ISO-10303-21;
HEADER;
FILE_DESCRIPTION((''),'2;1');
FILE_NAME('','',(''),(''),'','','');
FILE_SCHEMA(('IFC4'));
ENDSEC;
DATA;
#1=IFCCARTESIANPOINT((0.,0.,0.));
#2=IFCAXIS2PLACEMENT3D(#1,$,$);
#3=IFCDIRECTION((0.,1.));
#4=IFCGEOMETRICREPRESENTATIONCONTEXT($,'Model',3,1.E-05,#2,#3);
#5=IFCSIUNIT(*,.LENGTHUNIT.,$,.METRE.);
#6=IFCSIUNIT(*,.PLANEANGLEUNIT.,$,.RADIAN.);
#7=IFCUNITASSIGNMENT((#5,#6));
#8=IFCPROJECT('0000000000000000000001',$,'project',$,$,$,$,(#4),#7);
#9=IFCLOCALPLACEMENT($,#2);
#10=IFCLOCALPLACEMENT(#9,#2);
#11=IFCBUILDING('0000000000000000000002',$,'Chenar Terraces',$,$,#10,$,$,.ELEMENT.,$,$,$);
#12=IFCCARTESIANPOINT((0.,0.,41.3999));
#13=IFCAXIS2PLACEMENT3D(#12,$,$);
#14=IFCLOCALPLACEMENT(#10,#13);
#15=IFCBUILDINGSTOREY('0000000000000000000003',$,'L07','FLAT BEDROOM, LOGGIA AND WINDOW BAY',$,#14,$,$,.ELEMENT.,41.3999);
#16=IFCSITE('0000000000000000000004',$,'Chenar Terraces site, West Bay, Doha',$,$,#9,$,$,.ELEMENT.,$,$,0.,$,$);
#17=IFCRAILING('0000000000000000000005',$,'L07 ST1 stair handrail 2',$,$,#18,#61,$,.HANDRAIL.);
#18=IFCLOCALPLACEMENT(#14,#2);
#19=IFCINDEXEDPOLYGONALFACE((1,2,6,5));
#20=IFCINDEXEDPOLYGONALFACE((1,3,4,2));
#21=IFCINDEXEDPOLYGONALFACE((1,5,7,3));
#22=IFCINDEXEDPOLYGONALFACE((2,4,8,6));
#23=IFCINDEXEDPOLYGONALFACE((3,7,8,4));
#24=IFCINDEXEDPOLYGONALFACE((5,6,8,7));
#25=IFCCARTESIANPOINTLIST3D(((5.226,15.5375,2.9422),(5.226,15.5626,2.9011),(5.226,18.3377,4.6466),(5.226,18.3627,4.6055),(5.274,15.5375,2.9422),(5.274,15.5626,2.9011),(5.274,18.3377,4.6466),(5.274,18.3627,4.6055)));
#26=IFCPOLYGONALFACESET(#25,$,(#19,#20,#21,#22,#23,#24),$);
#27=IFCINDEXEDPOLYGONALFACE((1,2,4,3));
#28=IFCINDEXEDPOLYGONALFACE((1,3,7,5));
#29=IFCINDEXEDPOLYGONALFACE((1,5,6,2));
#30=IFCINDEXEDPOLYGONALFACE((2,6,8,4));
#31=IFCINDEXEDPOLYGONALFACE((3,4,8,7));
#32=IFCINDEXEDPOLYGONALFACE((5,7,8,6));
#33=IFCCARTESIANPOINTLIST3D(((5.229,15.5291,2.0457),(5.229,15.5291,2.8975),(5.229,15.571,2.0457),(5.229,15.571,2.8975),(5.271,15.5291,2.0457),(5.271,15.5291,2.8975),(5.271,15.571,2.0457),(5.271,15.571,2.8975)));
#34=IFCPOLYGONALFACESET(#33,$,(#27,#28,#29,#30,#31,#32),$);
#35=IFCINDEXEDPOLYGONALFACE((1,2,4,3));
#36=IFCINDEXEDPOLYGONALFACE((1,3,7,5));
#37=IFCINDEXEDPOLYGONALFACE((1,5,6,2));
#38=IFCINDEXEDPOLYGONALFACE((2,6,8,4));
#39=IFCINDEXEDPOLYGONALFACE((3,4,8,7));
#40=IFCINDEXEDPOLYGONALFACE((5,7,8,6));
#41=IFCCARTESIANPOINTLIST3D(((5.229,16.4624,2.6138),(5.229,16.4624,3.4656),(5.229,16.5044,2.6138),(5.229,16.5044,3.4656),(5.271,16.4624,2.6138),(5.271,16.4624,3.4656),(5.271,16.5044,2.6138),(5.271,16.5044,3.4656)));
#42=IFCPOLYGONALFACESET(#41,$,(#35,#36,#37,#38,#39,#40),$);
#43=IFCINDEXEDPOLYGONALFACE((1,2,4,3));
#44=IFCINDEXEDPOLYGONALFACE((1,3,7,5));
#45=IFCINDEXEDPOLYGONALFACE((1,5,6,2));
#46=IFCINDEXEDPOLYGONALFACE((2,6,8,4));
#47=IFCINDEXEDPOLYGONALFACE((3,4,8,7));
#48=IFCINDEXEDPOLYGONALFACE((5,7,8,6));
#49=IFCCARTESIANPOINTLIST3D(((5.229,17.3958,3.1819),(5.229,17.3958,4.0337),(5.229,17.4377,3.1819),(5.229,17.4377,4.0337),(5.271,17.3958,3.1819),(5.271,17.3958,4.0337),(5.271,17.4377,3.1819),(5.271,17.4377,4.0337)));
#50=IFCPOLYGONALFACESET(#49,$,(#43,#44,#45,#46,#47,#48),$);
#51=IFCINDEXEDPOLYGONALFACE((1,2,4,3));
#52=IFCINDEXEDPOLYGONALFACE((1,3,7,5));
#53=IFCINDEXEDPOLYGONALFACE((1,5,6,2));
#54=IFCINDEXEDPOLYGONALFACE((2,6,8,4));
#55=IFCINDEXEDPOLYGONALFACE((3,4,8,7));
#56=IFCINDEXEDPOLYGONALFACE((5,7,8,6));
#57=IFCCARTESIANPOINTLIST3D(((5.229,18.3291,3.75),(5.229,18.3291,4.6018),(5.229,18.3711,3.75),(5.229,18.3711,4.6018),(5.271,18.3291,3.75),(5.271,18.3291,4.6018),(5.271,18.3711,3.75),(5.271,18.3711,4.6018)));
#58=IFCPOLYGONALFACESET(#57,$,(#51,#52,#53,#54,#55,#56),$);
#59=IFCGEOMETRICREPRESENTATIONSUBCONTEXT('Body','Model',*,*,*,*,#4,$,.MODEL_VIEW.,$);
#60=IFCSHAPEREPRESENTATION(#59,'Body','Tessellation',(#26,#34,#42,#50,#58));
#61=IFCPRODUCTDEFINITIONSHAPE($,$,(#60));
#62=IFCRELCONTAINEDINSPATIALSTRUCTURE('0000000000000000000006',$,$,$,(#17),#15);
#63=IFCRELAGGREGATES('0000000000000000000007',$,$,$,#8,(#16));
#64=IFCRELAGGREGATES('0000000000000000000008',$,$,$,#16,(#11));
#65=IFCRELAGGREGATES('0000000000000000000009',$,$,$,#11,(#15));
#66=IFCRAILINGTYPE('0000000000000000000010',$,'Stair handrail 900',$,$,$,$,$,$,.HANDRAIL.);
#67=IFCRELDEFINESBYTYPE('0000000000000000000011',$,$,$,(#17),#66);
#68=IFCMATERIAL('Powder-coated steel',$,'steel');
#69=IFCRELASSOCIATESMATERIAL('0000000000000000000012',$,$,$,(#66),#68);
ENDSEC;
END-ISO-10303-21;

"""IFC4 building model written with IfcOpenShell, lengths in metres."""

from ifc_helpers import new_model, si_unit, direction, frame, origin, origin_2d, place, context, subcontext, project, spatial, rectangle, extrude, material, type_object, element, save


model = new_model("IFC4")

# Units and contexts
model_context = context("Model", 3, precision=1e-05, world=origin(), true_north=direction((0.0, 1.0)))
body_context = subcontext(model_context, "Body", "Model", "MODEL_VIEW")
ifc_project = project(units=[si_unit("LENGTHUNIT", "METRE"), si_unit("PLANEANGLEUNIT", "RADIAN")], contexts=[model_context])

# Site, building, storey
site_placement = place(None, origin())
site = spatial("IfcSite", under=ifc_project, at=site_placement, Name="Chenar Terraces site, West Bay, Doha", CompositionType="ELEMENT", RefElevation=0.0)
building_placement = place(site_placement, origin())
building = spatial("IfcBuilding", under=site, at=building_placement, Name="Chenar Terraces", CompositionType="ELEMENT")
storey_placement = place(building_placement, frame((0.0, 0.0, 41.3999)))
storey = spatial("IfcBuildingStorey", under=building, at=storey_placement, Name="L07", Description="FLAT BEDROOM, LOGGIA AND WINDOW BAY", CompositionType="ELEMENT", Elevation=41.3999)

# Railing
ifc_material_1 = material(Name="Powder-coated steel", Category="steel")
railing_type_1 = type_object("IfcRailingType", Name="Stair handrail 900", PredefinedType="HANDRAIL", material=ifc_material_1)
railing_1_placement = place(storey_placement, frame((5.25, 15.55, 2.0457)))
element("IfcRailing", 1, at=railing_1_placement, inside=storey, type_object=railing_type_1, Name="L07 ST1 stair handrail 2", PredefinedType="HANDRAIL", context=body_context, shape_type="SweptSolid", body=[
    extrude(rectangle(XDim=0.0481, YDim=0.0481, at=origin_2d()), frame((0.0, 0.0, 0.876), z_axis=(0.0, 0.854203, 0.51994), x_axis=(-1.0, 0.0, 0.0)), (0.0, 0.0, 1.0), 3.2781),
    extrude(rectangle(XDim=0.042, YDim=0.042, at=origin_2d()), origin(), (0.0, 0.0, 1.0), 0.8518),
    extrude(rectangle(XDim=0.042, YDim=0.042, at=origin_2d()), frame((0.0, 0.9333, 0.5681)), (0.0, 0.0, 1.0), 0.8518),
    extrude(rectangle(XDim=0.042, YDim=0.042, at=origin_2d()), frame((0.0, 1.8667, 1.1362)), (0.0, 0.0, 1.0), 0.8518),
    extrude(rectangle(XDim=0.042, YDim=0.042, at=origin_2d()), frame((0.0, 2.8, 1.7043)), (0.0, 0.0, 1.0), 0.8518),
])

save(model, "model.ifc")
